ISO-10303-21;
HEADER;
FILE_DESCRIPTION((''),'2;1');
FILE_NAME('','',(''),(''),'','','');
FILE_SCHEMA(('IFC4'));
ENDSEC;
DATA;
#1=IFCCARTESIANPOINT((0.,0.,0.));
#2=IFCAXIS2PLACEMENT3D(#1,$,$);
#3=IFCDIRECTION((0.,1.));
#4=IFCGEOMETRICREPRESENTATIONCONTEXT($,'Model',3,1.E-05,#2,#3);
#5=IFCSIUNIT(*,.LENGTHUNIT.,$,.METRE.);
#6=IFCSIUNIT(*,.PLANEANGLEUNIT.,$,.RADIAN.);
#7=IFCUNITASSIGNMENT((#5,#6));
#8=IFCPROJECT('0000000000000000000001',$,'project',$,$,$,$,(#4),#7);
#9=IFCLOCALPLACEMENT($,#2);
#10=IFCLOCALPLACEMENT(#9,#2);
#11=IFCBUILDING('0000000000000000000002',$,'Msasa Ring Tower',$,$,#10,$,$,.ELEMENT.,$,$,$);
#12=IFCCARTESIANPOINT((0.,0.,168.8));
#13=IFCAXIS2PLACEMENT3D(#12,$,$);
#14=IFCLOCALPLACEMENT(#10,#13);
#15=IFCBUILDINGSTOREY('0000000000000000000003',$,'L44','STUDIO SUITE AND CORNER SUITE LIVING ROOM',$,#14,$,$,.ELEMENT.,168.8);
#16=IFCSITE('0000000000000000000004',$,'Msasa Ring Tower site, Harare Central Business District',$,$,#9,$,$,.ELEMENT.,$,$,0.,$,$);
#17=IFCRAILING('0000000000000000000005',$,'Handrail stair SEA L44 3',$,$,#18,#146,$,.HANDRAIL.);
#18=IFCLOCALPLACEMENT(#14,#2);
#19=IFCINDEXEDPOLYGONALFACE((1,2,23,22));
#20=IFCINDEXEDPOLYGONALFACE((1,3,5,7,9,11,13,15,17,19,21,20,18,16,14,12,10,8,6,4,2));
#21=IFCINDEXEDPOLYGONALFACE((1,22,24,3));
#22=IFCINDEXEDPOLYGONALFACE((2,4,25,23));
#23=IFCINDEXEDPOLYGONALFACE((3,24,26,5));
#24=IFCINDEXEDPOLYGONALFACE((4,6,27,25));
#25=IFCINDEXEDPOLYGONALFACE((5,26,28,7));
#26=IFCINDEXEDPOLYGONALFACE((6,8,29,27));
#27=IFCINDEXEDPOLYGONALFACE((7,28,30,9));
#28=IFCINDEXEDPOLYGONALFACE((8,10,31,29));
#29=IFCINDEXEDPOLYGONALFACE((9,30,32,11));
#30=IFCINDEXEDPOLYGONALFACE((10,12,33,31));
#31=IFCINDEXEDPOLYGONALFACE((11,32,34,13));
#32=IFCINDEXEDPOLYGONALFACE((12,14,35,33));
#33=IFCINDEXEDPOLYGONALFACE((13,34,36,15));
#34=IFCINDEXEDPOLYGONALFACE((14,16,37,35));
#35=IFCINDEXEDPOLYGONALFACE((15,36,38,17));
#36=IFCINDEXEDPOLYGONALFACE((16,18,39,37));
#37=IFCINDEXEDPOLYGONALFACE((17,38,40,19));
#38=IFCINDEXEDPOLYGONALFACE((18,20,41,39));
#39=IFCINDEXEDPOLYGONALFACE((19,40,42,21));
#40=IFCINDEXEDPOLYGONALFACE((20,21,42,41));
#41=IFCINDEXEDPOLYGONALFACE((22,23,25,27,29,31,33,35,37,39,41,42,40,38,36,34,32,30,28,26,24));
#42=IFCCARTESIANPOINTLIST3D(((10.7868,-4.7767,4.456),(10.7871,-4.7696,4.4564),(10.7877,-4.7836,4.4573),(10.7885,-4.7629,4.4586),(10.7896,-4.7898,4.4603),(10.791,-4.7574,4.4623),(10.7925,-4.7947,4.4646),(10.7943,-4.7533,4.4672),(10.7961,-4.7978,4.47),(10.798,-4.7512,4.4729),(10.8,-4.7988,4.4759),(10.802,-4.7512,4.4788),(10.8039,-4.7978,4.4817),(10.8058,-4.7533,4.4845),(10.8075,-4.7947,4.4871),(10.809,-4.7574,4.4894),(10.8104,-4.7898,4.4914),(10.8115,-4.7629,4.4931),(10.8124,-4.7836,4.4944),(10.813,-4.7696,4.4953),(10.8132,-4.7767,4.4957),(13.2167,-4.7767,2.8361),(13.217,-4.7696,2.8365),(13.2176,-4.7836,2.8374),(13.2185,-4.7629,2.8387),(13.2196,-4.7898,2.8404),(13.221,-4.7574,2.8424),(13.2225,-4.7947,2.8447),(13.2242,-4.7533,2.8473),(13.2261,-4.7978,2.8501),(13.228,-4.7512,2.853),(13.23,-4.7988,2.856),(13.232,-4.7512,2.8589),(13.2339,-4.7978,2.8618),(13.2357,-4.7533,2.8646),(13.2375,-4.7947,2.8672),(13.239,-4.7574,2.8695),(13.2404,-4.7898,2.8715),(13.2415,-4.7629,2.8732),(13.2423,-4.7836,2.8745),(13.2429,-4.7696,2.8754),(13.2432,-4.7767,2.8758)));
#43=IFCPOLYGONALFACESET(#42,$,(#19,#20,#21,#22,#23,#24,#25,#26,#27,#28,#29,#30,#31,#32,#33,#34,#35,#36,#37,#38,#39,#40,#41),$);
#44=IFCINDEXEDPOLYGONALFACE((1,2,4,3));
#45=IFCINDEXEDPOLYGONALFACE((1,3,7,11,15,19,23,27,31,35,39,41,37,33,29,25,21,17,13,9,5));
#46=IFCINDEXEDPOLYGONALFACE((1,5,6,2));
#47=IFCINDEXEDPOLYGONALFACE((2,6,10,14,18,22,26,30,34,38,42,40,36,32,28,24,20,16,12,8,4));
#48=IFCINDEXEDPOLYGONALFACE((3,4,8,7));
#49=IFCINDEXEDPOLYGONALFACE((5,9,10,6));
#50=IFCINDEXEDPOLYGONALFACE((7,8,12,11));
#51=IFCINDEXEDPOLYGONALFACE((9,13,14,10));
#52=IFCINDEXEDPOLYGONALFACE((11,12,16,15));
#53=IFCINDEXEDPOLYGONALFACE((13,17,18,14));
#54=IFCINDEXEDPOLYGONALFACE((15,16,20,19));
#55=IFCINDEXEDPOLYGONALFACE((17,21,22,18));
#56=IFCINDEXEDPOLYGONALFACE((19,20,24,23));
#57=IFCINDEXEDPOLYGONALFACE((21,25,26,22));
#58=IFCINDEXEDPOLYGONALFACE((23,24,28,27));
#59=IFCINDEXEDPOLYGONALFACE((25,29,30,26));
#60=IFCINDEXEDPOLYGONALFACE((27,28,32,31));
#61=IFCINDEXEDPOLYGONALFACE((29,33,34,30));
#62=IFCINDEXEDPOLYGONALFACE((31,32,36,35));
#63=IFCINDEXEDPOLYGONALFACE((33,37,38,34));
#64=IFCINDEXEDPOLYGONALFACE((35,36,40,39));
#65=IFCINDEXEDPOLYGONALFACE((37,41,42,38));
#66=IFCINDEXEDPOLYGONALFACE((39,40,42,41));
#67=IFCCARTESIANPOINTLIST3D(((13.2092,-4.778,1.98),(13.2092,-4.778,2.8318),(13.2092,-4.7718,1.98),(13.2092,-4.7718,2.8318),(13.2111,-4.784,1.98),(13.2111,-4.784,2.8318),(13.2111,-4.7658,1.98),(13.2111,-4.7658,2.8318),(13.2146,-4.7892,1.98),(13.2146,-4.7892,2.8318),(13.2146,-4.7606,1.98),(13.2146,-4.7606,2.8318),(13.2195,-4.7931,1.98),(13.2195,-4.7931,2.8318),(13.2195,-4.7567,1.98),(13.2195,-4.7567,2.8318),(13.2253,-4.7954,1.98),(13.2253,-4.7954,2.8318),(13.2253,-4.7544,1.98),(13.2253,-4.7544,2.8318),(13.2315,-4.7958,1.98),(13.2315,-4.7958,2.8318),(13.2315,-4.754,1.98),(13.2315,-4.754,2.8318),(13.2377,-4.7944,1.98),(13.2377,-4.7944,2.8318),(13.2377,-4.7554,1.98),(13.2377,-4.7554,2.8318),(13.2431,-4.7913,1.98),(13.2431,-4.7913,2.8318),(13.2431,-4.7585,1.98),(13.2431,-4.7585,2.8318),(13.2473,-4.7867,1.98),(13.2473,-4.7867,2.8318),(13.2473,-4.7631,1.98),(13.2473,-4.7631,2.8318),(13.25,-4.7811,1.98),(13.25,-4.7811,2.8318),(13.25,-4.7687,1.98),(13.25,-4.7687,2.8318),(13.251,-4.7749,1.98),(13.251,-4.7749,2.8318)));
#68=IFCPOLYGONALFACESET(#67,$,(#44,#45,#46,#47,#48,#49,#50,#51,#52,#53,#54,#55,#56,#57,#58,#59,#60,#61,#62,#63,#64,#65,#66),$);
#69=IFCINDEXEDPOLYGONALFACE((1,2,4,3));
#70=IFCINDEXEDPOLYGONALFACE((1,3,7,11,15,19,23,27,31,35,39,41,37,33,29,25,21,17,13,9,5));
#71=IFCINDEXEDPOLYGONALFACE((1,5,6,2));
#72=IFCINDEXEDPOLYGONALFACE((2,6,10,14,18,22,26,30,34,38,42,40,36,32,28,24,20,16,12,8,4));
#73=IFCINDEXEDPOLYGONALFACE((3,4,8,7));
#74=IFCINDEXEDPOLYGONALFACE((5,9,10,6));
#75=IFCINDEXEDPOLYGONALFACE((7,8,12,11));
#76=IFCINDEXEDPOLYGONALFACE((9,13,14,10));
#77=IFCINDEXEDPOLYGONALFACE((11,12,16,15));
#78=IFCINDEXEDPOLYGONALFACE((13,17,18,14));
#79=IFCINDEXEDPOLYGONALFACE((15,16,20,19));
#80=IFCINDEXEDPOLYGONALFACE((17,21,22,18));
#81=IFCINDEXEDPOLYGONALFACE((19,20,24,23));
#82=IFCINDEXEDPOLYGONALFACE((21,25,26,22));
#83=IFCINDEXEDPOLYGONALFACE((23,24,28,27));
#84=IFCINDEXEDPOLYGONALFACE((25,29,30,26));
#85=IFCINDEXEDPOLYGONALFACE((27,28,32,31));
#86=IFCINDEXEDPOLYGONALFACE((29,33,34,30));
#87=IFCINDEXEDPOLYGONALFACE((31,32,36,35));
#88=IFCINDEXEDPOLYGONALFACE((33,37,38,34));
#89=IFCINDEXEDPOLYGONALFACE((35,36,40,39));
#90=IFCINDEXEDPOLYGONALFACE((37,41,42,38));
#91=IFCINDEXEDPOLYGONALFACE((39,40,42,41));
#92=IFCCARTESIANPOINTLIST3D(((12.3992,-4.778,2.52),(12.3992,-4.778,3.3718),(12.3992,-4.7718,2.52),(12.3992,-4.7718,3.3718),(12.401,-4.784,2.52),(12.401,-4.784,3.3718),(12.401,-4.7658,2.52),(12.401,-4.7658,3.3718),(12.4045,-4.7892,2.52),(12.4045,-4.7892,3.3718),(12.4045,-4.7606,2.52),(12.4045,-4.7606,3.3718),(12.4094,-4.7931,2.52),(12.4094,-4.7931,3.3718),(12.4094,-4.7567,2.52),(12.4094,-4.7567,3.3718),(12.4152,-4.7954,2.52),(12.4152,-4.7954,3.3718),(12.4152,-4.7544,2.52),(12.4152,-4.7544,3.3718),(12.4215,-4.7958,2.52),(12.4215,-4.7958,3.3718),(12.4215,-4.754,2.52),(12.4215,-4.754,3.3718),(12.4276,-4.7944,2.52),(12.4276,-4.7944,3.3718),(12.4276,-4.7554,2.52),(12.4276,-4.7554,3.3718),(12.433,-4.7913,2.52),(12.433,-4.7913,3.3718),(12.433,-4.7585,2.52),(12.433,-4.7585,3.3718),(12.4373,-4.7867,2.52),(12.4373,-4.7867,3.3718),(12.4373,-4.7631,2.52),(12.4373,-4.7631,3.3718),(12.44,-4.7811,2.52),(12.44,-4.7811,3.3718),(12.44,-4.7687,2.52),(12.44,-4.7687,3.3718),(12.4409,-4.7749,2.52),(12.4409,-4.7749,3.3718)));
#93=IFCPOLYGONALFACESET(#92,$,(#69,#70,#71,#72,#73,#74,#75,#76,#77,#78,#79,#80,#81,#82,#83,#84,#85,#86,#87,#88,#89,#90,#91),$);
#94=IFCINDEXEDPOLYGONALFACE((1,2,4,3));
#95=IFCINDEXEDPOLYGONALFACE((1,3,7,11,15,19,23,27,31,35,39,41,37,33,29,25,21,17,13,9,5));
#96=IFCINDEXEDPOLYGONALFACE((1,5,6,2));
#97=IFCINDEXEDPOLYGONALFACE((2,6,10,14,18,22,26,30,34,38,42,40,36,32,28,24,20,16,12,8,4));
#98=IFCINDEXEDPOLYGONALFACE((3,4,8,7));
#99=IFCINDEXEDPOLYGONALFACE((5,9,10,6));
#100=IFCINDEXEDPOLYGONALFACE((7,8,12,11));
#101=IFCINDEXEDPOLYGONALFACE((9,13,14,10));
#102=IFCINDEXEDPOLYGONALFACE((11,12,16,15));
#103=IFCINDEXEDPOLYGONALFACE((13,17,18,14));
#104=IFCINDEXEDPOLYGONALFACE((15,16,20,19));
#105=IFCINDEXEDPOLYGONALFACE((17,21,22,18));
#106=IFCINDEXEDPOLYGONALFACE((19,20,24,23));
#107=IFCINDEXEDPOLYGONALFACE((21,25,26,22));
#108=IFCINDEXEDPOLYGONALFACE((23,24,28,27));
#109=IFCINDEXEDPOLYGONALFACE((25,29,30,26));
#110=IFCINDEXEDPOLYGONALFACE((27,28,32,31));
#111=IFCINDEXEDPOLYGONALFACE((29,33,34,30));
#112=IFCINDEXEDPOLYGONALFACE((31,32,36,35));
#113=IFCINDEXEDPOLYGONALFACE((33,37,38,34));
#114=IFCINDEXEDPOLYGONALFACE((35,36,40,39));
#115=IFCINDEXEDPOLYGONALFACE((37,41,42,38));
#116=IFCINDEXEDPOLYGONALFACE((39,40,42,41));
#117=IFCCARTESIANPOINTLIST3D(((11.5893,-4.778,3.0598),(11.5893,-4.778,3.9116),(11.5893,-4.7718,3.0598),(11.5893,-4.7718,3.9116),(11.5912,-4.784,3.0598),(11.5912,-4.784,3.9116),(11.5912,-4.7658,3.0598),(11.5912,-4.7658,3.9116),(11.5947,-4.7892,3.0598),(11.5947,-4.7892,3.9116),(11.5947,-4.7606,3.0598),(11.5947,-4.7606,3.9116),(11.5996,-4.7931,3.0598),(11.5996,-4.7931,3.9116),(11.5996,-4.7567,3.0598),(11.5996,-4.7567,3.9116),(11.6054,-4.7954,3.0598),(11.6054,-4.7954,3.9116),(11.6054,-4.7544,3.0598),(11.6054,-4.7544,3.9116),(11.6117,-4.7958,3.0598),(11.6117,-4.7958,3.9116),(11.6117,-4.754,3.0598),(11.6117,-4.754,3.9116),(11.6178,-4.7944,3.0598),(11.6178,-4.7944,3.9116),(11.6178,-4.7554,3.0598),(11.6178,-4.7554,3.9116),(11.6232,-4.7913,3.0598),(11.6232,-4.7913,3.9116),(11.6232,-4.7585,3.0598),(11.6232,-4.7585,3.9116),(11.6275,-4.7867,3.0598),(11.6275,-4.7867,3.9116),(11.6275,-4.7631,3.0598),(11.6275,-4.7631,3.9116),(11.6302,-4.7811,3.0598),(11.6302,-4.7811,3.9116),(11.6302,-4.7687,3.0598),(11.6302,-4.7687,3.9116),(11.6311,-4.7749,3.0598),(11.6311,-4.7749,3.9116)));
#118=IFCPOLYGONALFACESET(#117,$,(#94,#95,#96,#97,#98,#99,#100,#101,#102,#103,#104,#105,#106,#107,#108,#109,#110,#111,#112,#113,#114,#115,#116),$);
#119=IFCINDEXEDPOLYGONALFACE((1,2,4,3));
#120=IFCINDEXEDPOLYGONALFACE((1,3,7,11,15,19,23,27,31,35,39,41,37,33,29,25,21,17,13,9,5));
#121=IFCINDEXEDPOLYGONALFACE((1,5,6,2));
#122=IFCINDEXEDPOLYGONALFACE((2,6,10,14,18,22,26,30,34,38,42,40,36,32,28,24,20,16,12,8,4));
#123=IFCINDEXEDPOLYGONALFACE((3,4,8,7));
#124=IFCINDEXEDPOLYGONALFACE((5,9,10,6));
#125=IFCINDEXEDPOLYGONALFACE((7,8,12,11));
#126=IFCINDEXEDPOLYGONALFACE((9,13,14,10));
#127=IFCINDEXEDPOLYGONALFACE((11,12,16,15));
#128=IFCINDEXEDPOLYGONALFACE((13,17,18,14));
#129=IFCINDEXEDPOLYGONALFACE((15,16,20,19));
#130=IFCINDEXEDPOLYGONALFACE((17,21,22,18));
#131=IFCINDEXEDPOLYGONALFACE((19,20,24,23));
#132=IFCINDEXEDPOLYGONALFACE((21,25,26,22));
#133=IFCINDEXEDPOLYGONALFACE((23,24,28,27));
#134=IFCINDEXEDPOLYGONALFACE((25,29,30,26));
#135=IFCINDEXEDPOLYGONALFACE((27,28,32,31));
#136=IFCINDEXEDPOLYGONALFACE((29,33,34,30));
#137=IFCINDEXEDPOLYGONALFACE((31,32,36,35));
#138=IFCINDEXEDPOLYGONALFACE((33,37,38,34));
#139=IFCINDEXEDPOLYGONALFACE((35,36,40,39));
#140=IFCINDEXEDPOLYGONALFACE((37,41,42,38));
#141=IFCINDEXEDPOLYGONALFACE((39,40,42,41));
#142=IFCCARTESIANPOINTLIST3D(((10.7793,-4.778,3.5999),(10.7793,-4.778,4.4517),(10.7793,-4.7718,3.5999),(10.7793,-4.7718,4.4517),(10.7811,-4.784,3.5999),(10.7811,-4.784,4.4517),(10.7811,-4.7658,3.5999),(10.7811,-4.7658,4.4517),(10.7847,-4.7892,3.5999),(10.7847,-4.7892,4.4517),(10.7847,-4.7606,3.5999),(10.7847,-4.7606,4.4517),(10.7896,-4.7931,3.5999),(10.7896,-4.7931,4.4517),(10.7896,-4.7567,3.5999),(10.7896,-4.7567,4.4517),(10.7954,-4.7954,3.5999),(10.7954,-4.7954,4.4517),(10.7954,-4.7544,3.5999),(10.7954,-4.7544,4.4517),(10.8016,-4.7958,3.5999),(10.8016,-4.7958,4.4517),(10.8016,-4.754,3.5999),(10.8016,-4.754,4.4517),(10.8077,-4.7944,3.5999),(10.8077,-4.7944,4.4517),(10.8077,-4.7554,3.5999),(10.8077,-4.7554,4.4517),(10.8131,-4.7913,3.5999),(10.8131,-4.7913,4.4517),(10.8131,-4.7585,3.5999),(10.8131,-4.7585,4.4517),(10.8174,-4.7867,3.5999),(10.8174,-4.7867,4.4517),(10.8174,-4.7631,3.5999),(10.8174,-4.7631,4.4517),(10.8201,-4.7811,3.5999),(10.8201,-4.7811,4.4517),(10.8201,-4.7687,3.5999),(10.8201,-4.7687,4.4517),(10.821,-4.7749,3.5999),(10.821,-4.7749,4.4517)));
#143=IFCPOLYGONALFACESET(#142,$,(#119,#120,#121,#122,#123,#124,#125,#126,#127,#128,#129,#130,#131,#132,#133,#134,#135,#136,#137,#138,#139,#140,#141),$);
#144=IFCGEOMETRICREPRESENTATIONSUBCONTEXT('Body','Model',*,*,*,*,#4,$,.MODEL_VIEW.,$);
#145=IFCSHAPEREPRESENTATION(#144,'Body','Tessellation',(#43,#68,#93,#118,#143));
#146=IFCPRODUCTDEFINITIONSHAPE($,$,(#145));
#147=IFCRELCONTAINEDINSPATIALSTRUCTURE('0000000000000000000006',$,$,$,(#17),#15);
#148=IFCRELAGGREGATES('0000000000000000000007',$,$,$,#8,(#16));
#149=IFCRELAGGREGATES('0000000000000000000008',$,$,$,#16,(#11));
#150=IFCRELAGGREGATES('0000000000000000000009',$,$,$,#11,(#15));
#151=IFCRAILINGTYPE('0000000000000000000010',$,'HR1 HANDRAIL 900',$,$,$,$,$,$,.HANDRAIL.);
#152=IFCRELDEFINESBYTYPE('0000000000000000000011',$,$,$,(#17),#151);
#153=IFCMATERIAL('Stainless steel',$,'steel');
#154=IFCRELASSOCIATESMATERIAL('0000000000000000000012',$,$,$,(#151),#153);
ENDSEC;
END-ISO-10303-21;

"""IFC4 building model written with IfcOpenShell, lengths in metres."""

from ifc_helpers import new_model, si_unit, direction, frame, origin, origin_2d, place, context, subcontext, project, spatial, circle, extrude, material, type_object, element, save


model = new_model("IFC4")

# Units and contexts
model_context = context("Model", 3, precision=1e-05, world=origin(), true_north=direction((0.0, 1.0)))
body_context = subcontext(model_context, "Body", "Model", "MODEL_VIEW")
ifc_project = project(units=[si_unit("LENGTHUNIT", "METRE"), si_unit("PLANEANGLEUNIT", "RADIAN")], contexts=[model_context])

# Site, building, storey
site_placement = place(None, origin())
site = spatial("IfcSite", under=ifc_project, at=site_placement, Name="Msasa Ring Tower site, Harare Central Business District", CompositionType="ELEMENT", RefElevation=0.0)
building_placement = place(site_placement, origin())
building = spatial("IfcBuilding", under=site, at=building_placement, Name="Msasa Ring Tower", CompositionType="ELEMENT")
storey_placement = place(building_placement, frame((0.0, 0.0, 168.8)))
storey = spatial("IfcBuildingStorey", under=building, at=storey_placement, Name="L44", Description="STUDIO SUITE AND CORNER SUITE LIVING ROOM", CompositionType="ELEMENT", Elevation=168.8)

# Railing
ifc_material_1 = material(Name="Stainless steel", Category="steel")
railing_type = type_object("IfcRailingType", Name="HR1 HANDRAIL 900", PredefinedType="HANDRAIL", material=ifc_material_1)
for number, where, name in (
    (1, (13.23, -4.7749, 1.98), "Handrail stair SEA L44 3"),
):
    element("IfcRailing", number, at=place(storey_placement, frame(where)), inside=storey, type_object=railing_type, Name=name, PredefinedType="HANDRAIL", context=body_context, shape_type="SweptSolid", body=[
        extrude(circle(Radius=0.0239, at=origin_2d()), frame((0.0, 0.0, 0.876), z_axis=(-0.832063, 0.0, 0.554681), x_axis=(0.0, -1.0, 0.0)), (0.0, 0.0, 1.0), 2.9204),
        extrude(circle(Radius=0.021, at=origin_2d()), origin(), (0.0, 0.0, 1.0), 0.8518),
        extrude(circle(Radius=0.021, at=origin_2d()), frame((-0.8101, 0.0, 0.54)), (0.0, 0.0, 1.0), 0.8518),
        extrude(circle(Radius=0.021, at=origin_2d()), frame((-1.6199, 0.0, 1.0798)), (0.0, 0.0, 1.0), 0.8518),
        extrude(circle(Radius=0.021, at=origin_2d()), frame((-2.4299, 0.0, 1.6199)), (0.0, 0.0, 1.0), 0.8518),
    ])

save(model, "model.ifc")
